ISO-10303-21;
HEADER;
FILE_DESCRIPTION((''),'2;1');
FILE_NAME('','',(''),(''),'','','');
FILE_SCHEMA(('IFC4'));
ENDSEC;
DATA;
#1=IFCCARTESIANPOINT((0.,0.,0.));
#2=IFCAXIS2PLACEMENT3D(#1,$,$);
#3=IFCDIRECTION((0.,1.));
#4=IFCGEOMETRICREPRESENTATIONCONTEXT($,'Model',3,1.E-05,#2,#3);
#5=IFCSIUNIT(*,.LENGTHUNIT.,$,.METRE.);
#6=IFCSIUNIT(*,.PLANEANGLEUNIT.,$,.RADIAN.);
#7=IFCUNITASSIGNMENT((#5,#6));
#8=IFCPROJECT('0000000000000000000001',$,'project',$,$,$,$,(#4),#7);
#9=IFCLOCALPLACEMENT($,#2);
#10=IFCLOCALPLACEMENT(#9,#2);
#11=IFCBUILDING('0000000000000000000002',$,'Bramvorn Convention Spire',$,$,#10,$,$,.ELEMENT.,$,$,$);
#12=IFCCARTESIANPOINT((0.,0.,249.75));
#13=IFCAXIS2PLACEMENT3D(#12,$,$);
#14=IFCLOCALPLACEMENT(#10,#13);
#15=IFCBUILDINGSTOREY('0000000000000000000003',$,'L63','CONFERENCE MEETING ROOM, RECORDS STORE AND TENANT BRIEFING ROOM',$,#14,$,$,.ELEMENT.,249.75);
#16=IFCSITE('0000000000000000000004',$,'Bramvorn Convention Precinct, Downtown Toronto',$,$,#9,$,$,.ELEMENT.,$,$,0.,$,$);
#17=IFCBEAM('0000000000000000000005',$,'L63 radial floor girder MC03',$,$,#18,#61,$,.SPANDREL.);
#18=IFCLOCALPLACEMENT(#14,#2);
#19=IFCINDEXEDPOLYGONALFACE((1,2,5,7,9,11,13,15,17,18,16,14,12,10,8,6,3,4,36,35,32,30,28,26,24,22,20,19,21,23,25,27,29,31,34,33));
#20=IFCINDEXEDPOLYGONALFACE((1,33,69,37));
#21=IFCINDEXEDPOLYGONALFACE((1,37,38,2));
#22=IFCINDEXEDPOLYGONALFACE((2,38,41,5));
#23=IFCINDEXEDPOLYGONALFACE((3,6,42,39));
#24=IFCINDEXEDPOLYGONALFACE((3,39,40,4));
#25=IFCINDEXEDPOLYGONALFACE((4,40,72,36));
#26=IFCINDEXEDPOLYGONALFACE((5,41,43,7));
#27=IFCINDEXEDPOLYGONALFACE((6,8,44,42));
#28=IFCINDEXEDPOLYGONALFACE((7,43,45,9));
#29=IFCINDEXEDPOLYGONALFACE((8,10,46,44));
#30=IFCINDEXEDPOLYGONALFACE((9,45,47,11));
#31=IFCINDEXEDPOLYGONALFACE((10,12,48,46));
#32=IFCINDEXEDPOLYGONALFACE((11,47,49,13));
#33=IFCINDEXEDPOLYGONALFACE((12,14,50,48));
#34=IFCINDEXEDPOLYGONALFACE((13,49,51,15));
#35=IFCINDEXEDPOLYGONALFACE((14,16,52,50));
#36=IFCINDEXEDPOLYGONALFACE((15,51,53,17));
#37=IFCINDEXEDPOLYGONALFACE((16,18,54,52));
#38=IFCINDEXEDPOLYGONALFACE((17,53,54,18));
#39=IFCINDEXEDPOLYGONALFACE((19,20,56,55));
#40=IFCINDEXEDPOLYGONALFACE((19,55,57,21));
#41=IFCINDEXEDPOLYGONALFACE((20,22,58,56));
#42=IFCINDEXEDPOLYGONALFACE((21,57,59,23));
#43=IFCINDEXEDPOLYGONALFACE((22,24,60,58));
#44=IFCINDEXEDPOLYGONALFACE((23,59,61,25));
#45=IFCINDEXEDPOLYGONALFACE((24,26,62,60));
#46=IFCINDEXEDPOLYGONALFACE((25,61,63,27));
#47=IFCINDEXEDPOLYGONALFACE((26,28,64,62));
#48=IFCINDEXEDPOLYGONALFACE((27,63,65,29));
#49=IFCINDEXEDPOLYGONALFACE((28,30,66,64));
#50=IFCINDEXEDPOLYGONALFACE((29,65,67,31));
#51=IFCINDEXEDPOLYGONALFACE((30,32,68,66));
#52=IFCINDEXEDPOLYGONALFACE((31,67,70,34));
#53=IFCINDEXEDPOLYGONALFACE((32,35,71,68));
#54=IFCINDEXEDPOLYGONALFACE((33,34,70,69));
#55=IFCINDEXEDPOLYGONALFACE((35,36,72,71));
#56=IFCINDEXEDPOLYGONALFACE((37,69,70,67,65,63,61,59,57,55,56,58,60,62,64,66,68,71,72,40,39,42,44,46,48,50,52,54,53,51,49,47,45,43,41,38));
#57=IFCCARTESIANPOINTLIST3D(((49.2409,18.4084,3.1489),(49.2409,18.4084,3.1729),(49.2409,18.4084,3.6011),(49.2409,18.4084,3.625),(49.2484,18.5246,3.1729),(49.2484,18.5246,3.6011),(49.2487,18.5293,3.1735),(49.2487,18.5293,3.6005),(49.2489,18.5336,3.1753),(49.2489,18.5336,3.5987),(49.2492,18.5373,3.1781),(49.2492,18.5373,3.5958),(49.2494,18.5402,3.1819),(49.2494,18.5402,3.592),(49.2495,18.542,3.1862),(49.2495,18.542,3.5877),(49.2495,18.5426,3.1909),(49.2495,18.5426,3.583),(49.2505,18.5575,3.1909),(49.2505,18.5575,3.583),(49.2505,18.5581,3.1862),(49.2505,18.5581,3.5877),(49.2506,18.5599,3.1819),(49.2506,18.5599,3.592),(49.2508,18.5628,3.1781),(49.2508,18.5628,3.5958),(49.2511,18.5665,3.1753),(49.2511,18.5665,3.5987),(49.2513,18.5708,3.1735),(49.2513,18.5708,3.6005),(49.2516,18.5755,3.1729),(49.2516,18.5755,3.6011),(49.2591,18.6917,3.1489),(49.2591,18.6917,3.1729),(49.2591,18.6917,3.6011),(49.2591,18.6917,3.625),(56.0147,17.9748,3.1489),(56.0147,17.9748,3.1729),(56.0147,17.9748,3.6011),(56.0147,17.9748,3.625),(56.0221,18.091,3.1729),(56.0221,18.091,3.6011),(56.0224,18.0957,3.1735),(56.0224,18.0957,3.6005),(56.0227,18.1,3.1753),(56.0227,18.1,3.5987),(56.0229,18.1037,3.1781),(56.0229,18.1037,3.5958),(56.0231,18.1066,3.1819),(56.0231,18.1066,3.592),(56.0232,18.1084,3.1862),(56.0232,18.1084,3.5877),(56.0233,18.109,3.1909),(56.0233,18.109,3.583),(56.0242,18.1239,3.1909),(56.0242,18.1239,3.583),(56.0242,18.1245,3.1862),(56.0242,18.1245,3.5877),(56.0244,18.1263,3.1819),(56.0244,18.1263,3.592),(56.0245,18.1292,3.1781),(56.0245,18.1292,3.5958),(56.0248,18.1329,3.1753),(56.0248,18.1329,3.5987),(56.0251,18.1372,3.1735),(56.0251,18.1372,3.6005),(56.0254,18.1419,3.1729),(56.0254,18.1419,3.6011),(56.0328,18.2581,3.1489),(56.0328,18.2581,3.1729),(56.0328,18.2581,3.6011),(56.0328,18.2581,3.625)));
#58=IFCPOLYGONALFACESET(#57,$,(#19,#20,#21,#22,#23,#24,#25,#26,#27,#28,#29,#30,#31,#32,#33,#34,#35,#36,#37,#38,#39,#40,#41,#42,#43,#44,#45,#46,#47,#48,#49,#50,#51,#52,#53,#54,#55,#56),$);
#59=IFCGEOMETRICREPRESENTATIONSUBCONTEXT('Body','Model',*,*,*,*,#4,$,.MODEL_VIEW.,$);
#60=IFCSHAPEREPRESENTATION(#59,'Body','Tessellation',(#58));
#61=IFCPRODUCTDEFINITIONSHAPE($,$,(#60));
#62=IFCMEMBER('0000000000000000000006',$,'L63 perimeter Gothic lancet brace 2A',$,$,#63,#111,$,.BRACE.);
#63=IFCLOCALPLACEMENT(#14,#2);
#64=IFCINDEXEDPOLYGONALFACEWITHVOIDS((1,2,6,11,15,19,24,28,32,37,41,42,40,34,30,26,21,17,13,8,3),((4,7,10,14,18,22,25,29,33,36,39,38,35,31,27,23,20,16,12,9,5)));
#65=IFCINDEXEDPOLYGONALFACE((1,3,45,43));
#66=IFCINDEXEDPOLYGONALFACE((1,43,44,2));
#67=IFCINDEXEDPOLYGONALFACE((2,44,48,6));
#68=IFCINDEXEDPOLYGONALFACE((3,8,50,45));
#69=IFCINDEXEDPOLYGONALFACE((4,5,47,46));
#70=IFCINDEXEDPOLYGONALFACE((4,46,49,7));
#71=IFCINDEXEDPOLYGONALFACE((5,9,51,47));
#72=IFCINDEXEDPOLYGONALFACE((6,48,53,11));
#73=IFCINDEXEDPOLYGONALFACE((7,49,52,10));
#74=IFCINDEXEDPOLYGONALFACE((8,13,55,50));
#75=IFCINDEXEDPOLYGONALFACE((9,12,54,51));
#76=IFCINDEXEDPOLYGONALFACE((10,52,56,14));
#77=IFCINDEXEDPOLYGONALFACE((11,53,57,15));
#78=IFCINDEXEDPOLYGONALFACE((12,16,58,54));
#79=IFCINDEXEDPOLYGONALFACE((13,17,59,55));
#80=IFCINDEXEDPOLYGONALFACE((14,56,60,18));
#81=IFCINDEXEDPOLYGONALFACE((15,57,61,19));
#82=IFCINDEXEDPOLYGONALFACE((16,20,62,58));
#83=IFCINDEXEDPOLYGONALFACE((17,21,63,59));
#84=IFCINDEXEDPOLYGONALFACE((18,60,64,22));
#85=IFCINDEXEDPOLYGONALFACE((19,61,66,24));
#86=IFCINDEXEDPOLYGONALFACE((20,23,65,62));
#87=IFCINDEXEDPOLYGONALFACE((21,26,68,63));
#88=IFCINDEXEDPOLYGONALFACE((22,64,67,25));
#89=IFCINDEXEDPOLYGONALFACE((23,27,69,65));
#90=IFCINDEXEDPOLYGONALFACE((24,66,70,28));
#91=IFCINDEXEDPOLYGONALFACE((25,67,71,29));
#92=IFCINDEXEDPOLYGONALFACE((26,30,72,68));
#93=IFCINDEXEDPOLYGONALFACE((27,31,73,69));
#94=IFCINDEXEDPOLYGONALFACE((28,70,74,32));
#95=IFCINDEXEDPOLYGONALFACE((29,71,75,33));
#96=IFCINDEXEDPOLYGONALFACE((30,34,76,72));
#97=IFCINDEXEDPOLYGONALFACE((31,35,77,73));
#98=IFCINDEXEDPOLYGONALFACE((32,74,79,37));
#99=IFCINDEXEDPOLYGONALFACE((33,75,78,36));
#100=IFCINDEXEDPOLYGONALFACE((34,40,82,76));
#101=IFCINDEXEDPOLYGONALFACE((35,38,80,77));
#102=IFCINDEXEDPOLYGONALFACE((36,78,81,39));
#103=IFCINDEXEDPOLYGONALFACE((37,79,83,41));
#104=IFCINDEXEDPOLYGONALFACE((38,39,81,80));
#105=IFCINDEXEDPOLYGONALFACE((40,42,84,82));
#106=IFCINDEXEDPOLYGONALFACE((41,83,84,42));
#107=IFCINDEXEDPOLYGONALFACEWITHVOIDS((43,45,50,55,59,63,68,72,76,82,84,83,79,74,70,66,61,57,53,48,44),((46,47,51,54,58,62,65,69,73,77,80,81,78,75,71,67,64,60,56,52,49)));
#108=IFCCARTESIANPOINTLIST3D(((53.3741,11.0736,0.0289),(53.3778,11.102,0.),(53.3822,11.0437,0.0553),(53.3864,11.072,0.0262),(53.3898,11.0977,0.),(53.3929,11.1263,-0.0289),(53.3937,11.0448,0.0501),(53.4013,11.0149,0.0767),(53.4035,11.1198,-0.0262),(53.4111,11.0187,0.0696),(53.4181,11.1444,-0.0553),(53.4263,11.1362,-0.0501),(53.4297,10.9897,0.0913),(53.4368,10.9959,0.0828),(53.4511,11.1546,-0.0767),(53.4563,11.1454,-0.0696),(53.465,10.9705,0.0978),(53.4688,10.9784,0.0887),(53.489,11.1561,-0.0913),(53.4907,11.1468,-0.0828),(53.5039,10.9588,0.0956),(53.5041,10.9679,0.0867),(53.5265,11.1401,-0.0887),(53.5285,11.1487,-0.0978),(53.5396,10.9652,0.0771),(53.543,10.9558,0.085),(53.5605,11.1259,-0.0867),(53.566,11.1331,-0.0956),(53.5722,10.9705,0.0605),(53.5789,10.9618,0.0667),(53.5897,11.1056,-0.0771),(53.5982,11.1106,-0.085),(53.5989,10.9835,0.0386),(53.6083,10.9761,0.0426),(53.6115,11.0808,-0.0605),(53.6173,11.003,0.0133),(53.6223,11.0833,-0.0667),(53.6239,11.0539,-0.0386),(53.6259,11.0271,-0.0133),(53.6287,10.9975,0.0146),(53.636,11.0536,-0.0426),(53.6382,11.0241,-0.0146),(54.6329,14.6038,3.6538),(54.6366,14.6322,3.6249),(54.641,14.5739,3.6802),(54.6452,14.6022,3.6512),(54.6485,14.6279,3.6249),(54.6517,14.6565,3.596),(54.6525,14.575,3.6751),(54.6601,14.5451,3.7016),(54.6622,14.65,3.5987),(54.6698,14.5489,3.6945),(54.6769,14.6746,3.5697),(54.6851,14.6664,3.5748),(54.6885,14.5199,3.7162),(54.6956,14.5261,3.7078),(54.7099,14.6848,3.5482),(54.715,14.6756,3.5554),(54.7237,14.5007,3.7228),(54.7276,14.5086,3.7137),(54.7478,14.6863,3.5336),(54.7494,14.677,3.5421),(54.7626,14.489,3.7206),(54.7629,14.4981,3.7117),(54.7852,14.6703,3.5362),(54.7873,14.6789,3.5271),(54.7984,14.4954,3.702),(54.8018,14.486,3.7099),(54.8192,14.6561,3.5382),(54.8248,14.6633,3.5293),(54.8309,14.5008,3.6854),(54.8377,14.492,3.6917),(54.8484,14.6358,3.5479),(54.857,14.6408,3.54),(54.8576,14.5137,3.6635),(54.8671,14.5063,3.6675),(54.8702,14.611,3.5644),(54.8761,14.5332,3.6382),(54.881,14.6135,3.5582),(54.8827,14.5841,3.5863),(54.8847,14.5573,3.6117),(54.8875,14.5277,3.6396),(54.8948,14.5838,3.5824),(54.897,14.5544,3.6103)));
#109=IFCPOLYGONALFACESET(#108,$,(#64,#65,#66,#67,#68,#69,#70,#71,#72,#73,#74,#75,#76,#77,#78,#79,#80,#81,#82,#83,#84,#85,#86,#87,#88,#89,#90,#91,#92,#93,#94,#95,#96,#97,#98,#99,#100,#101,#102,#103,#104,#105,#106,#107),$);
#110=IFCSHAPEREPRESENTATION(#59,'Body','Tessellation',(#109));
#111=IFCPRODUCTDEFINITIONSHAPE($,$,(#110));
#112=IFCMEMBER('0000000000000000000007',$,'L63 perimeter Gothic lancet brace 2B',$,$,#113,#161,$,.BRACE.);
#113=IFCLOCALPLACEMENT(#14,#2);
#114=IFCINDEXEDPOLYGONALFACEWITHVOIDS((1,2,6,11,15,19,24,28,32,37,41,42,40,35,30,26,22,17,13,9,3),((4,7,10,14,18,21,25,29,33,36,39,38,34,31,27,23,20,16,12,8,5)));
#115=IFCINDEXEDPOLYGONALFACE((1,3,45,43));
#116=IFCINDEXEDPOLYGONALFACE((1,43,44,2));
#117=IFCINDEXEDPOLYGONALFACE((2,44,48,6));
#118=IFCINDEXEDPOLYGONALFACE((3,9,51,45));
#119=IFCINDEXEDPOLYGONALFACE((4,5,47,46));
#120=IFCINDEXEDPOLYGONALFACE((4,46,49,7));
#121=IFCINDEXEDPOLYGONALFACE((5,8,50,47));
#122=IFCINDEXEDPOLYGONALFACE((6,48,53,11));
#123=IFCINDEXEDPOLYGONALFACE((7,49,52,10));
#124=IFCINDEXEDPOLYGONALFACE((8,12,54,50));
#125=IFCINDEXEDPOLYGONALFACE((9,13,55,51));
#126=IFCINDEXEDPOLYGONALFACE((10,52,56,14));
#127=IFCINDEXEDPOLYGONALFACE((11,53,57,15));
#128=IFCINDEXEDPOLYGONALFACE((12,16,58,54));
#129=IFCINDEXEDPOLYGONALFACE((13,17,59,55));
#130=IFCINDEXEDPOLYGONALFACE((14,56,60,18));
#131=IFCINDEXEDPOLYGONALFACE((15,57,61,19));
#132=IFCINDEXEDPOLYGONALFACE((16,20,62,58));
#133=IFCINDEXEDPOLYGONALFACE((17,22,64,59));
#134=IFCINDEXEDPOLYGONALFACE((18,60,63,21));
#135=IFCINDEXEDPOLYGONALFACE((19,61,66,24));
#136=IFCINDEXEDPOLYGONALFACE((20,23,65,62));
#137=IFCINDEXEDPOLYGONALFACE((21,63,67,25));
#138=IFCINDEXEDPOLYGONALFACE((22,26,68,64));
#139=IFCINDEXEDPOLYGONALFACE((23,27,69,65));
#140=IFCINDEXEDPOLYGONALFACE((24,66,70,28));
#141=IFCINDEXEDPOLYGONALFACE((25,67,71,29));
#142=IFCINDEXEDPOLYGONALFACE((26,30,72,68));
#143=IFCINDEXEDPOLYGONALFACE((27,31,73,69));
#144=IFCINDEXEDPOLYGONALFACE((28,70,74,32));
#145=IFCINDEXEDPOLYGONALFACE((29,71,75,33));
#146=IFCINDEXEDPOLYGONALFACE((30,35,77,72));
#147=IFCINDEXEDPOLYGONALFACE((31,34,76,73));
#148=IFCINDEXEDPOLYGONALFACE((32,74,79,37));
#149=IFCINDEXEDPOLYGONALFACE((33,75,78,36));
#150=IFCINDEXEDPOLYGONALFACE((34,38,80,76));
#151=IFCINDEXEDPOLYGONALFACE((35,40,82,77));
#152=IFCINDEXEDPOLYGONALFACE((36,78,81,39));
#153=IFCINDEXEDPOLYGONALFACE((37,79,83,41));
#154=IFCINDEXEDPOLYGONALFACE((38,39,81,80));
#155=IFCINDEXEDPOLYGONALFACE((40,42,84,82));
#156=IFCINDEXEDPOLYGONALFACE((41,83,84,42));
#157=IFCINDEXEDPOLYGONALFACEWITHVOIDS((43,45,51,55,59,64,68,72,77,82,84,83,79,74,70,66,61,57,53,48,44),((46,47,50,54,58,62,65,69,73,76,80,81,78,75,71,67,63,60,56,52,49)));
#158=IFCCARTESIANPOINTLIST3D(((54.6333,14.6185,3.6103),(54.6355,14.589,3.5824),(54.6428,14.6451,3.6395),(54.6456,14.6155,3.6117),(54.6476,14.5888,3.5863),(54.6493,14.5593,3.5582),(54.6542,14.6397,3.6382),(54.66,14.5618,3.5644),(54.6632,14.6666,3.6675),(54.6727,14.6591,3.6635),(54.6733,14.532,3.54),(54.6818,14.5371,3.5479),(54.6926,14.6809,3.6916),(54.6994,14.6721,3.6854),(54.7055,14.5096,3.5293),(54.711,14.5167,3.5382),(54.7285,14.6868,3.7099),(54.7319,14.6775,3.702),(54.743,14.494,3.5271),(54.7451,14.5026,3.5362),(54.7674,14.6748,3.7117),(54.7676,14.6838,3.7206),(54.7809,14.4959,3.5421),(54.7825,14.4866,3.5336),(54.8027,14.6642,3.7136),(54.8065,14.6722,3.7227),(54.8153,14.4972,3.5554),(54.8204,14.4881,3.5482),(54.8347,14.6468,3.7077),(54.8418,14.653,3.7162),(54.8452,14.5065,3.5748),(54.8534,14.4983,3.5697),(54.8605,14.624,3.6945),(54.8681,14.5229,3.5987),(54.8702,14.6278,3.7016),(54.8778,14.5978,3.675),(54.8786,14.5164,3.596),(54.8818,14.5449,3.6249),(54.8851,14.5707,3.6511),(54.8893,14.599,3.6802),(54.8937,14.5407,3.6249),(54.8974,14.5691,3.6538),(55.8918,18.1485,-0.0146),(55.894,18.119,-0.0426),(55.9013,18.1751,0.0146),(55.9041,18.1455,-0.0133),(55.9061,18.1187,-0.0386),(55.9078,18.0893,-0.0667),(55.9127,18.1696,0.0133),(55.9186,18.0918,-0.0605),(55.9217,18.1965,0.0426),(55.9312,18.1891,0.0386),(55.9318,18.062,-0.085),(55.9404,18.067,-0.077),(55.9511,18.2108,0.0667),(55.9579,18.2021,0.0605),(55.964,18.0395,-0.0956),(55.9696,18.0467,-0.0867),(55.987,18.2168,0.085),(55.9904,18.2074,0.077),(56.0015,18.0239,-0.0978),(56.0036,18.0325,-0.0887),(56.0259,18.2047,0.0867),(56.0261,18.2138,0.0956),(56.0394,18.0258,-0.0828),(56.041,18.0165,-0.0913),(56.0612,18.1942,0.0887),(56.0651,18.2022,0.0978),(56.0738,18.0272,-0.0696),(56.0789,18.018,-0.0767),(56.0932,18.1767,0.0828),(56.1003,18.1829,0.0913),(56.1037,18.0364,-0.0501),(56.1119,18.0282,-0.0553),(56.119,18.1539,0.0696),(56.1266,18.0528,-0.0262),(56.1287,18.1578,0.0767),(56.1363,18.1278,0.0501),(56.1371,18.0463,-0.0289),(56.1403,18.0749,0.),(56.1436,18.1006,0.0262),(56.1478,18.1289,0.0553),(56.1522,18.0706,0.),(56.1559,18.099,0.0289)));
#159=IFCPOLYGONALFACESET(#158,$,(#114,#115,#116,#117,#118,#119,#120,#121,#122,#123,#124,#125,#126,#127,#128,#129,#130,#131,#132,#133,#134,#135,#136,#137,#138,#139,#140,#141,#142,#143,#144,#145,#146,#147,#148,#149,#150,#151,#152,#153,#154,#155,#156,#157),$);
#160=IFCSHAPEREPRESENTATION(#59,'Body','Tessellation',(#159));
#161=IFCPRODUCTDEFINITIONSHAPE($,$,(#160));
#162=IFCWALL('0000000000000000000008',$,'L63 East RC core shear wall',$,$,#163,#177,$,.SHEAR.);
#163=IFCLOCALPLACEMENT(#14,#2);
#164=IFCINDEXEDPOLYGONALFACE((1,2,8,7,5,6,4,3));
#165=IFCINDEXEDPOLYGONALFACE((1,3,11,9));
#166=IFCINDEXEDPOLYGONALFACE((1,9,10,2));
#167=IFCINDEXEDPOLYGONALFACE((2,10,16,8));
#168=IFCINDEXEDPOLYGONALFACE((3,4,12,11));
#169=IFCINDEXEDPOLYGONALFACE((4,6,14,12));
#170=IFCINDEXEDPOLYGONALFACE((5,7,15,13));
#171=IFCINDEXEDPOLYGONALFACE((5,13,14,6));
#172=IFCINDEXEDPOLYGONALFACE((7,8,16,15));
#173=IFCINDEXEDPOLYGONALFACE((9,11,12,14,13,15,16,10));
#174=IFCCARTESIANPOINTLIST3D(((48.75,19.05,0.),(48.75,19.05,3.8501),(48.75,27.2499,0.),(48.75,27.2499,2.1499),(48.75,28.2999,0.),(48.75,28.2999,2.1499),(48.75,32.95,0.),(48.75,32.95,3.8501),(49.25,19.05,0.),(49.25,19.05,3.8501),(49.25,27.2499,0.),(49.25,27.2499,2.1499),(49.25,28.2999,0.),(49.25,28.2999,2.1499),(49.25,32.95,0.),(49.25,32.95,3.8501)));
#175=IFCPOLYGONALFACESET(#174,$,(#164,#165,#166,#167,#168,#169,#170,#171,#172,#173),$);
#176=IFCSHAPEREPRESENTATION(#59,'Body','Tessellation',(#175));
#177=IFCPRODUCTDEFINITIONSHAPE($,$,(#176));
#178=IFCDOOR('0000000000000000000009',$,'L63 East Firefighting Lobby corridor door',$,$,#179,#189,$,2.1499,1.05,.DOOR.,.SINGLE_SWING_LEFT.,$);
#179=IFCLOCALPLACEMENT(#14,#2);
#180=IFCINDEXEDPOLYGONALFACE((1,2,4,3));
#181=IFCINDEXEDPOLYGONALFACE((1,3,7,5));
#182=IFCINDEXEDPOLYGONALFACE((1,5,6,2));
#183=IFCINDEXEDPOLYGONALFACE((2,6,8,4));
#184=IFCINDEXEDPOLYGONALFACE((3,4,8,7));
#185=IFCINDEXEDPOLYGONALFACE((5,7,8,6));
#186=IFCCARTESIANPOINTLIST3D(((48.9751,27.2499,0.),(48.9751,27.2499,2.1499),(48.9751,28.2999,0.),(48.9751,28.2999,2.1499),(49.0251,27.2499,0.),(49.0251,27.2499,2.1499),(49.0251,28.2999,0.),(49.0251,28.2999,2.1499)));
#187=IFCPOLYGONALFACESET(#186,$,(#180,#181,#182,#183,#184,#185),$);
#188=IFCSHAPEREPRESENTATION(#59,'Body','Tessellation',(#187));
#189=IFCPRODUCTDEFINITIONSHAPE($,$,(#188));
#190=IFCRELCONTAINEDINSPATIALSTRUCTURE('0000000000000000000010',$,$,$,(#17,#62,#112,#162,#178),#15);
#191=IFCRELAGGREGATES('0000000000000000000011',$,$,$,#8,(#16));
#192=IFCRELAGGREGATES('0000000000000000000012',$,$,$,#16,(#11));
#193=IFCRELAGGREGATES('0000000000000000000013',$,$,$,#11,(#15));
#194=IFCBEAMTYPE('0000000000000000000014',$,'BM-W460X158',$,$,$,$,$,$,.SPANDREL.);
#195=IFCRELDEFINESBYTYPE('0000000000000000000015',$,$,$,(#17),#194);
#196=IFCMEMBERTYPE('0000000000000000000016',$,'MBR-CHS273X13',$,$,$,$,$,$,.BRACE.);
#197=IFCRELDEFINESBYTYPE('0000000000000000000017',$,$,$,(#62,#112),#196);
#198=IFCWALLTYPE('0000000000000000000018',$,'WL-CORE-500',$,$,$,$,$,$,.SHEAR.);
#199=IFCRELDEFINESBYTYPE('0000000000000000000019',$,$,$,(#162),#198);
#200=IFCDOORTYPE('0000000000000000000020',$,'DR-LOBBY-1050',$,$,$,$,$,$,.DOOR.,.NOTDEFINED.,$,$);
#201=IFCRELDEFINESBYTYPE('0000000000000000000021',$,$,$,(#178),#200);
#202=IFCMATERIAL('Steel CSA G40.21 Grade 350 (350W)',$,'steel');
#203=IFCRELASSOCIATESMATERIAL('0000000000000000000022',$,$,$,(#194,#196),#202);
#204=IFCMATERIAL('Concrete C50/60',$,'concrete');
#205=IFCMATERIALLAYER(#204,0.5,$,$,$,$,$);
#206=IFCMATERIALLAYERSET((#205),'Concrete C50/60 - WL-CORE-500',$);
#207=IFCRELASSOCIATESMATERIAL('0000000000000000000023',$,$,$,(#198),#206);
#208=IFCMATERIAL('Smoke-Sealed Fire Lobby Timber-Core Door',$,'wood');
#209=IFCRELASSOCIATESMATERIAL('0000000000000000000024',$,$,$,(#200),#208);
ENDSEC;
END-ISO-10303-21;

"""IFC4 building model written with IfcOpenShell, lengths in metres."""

from ifc_helpers import new_model, si_unit, direction, frame, frame_2d, origin, origin_2d, place, context, subcontext, project, spatial, rectangle, hollow_circle, i_section, extrude, material, layer, layer_set, material_profile, profile_set, type_object, element, fill, save


model = new_model("IFC4")

# Units and contexts
model_context = context("Model", 3, precision=1e-05, world=origin(), true_north=direction((0.0, 1.0)))
body_context = subcontext(model_context, "Body", "Model", "MODEL_VIEW")
ifc_project = project(units=[si_unit("LENGTHUNIT", "METRE"), si_unit("PLANEANGLEUNIT", "RADIAN")], contexts=[model_context])

# Site, building, storey
site_placement = place(None, origin())
site = spatial("IfcSite", under=ifc_project, at=site_placement, Name="Bramvorn Convention Precinct, Downtown Toronto", CompositionType="ELEMENT", RefElevation=0.0)
building_placement = place(site_placement, origin())
building = spatial("IfcBuilding", under=site, at=building_placement, Name="Bramvorn Convention Spire", CompositionType="ELEMENT")
storey_placement = place(building_placement, frame((0.0, 0.0, 249.75)))
storey = spatial("IfcBuildingStorey", under=building, at=storey_placement, Name="L63", Description="CONFERENCE MEETING ROOM, RECORDS STORE AND TENANT BRIEFING ROOM", CompositionType="ELEMENT", Elevation=249.75)

# Shared definitions
ifc_material_1 = material(Name="Steel CSA G40.21 Grade 350 (350W)", Category="steel")

# Beam
ifc_material_profile_1 = material_profile(ifc_material_1, i_section(OverallWidth=0.2839, OverallDepth=0.4761, WebThickness=0.0149, FlangeThickness=0.0239, FilletRadius=0.0181, at=origin_2d()))
ifc_profile_set_1 = profile_set([ifc_material_profile_1], Name="Steel CSA G40.21 Grade 350 (350W) - W460X158")
beam_type_1 = type_object("IfcBeamType", Name="BM-W460X158", PredefinedType="SPANDREL", material=ifc_profile_set_1)
beam_1_placement = place(storey_placement, frame((49.25, 18.55, 3.387), z_axis=(0.997958, -0.063881, 0.0), x_axis=(0.063881, 0.997958, 0.0)))
element("IfcBeam", 1, at=beam_1_placement, inside=storey, type_object=beam_type_1, Name="L63 radial floor girder MC03", PredefinedType="SPANDREL", context=body_context, shape_type="SweptSolid", body=[
    extrude(i_section(OverallWidth=0.2839, OverallDepth=0.4761, WebThickness=0.0149, FlangeThickness=0.0239, FilletRadius=0.0181, at=origin_2d()), origin(), (0.0, 0.0, 1.0), 6.7876),
])

# Members
ifc_material_profile_2 = material_profile(ifc_material_1, hollow_circle(Radius=0.1365, WallThickness=0.0127, at=origin_2d()))
ifc_profile_set_2 = profile_set([ifc_material_profile_2], Name="Steel CSA G40.21 Grade 350 (350W) - CHS273X13")
member_type = type_object("IfcMemberType", Name="MBR-CHS273X13", PredefinedType="BRACE", material=ifc_profile_set_2)
member_1_placement = place(storey_placement, frame((53.5063, 11.0562, 0.0), z_axis=(0.241415, 0.677048, 0.695215), x_axis=(-0.941913, 0.335858, 0.0)))
element("IfcMember", 2, at=member_1_placement, inside=storey, type_object=member_type, Name="L63 perimeter Gothic lancet brace 2A", PredefinedType="BRACE", context=body_context, shape_type="SweptSolid", body=[
    extrude(hollow_circle(Radius=0.1365, WallThickness=0.0127, at=origin_2d()), origin(), (0.0, 0.0, 1.0), 5.2141),
])
member_2_placement = place(storey_placement, frame((56.0237, 18.1165, 0.0), z_axis=(-0.241379, -0.677031, 0.695245), x_axis=(0.941926, -0.33582, 0.0)))
element("IfcMember", 3, at=member_2_placement, inside=storey, type_object=member_type, Name="L63 perimeter Gothic lancet brace 2B", PredefinedType="BRACE", context=body_context, shape_type="SweptSolid", body=[
    extrude(hollow_circle(Radius=0.1365, WallThickness=0.0127, at=origin_2d()), origin(), (0.0, 0.0, 1.0), 5.2139),
])

# Wall, opening, door
ifc_material_2 = material(Name="Concrete C50/60", Category="concrete")
ifc_layer_1 = layer(ifc_material_2, 0.5)
ifc_layer_set_1 = layer_set([ifc_layer_1], Name="Concrete C50/60 - WL-CORE-500")
wall_type_1 = type_object("IfcWallType", Name="WL-CORE-500", PredefinedType="SHEAR", material=ifc_layer_set_1)
wall_1_placement = place(storey_placement, frame((49.0, 19.05, 0.0), z_axis=(0.0, 0.0, 1.0), x_axis=(0.0, 1.0, 0.0)))
wall_1 = element("IfcWall", 4, at=wall_1_placement, inside=storey, type_object=wall_type_1, Name="L63 East RC core shear wall", PredefinedType="SHEAR", context=body_context, shape_type="SweptSolid", body=[
    extrude(rectangle(XDim=13.8999, YDim=0.5, at=frame_2d((6.95, 0.0))), origin(), (0.0, 0.0, 1.0), 3.8501),
])
opening_placement = place(wall_1_placement, frame((8.2, 0.0, 0.0)))
opening = element("IfcOpeningElement", 5, at=opening_placement, cuts=wall_1, PredefinedType="OPENING", context=body_context, shape_type="SweptSolid", body=[
    extrude(rectangle(XDim=1.05, YDim=2.1499, at=frame_2d((0.5249, 1.075))), frame((0.0, 0.26, 0.0), z_axis=(0.0, -1.0, 0.0), x_axis=(1.0, 0.0, 0.0)), (0.0, 0.0, 1.0), 0.52),
])
ifc_material_3 = material(Name="Smoke-Sealed Fire Lobby Timber-Core Door", Category="wood")
door_type = type_object("IfcDoorType", Name="DR-LOBBY-1050", OperationType="NOTDEFINED", PredefinedType="DOOR", material=ifc_material_3)
door_placement = place(opening_placement, origin())
door = element("IfcDoor", 6, at=door_placement, inside=storey, type_object=door_type, Name="L63 East Firefighting Lobby corridor door", OperationType="SINGLE_SWING_LEFT", OverallHeight=2.1499, OverallWidth=1.05, PredefinedType="DOOR", context=body_context, shape_type="SweptSolid", body=[
    extrude(rectangle(XDim=1.05, YDim=2.1499, at=frame_2d((0.5249, 1.075))), frame((0.0, 0.0249, 0.0), z_axis=(0.0, -1.0, 0.0), x_axis=(1.0, 0.0, 0.0)), (0.0, 0.0, 1.0), 0.05),
])
fill(opening, door)

save(model, "model.ifc")
